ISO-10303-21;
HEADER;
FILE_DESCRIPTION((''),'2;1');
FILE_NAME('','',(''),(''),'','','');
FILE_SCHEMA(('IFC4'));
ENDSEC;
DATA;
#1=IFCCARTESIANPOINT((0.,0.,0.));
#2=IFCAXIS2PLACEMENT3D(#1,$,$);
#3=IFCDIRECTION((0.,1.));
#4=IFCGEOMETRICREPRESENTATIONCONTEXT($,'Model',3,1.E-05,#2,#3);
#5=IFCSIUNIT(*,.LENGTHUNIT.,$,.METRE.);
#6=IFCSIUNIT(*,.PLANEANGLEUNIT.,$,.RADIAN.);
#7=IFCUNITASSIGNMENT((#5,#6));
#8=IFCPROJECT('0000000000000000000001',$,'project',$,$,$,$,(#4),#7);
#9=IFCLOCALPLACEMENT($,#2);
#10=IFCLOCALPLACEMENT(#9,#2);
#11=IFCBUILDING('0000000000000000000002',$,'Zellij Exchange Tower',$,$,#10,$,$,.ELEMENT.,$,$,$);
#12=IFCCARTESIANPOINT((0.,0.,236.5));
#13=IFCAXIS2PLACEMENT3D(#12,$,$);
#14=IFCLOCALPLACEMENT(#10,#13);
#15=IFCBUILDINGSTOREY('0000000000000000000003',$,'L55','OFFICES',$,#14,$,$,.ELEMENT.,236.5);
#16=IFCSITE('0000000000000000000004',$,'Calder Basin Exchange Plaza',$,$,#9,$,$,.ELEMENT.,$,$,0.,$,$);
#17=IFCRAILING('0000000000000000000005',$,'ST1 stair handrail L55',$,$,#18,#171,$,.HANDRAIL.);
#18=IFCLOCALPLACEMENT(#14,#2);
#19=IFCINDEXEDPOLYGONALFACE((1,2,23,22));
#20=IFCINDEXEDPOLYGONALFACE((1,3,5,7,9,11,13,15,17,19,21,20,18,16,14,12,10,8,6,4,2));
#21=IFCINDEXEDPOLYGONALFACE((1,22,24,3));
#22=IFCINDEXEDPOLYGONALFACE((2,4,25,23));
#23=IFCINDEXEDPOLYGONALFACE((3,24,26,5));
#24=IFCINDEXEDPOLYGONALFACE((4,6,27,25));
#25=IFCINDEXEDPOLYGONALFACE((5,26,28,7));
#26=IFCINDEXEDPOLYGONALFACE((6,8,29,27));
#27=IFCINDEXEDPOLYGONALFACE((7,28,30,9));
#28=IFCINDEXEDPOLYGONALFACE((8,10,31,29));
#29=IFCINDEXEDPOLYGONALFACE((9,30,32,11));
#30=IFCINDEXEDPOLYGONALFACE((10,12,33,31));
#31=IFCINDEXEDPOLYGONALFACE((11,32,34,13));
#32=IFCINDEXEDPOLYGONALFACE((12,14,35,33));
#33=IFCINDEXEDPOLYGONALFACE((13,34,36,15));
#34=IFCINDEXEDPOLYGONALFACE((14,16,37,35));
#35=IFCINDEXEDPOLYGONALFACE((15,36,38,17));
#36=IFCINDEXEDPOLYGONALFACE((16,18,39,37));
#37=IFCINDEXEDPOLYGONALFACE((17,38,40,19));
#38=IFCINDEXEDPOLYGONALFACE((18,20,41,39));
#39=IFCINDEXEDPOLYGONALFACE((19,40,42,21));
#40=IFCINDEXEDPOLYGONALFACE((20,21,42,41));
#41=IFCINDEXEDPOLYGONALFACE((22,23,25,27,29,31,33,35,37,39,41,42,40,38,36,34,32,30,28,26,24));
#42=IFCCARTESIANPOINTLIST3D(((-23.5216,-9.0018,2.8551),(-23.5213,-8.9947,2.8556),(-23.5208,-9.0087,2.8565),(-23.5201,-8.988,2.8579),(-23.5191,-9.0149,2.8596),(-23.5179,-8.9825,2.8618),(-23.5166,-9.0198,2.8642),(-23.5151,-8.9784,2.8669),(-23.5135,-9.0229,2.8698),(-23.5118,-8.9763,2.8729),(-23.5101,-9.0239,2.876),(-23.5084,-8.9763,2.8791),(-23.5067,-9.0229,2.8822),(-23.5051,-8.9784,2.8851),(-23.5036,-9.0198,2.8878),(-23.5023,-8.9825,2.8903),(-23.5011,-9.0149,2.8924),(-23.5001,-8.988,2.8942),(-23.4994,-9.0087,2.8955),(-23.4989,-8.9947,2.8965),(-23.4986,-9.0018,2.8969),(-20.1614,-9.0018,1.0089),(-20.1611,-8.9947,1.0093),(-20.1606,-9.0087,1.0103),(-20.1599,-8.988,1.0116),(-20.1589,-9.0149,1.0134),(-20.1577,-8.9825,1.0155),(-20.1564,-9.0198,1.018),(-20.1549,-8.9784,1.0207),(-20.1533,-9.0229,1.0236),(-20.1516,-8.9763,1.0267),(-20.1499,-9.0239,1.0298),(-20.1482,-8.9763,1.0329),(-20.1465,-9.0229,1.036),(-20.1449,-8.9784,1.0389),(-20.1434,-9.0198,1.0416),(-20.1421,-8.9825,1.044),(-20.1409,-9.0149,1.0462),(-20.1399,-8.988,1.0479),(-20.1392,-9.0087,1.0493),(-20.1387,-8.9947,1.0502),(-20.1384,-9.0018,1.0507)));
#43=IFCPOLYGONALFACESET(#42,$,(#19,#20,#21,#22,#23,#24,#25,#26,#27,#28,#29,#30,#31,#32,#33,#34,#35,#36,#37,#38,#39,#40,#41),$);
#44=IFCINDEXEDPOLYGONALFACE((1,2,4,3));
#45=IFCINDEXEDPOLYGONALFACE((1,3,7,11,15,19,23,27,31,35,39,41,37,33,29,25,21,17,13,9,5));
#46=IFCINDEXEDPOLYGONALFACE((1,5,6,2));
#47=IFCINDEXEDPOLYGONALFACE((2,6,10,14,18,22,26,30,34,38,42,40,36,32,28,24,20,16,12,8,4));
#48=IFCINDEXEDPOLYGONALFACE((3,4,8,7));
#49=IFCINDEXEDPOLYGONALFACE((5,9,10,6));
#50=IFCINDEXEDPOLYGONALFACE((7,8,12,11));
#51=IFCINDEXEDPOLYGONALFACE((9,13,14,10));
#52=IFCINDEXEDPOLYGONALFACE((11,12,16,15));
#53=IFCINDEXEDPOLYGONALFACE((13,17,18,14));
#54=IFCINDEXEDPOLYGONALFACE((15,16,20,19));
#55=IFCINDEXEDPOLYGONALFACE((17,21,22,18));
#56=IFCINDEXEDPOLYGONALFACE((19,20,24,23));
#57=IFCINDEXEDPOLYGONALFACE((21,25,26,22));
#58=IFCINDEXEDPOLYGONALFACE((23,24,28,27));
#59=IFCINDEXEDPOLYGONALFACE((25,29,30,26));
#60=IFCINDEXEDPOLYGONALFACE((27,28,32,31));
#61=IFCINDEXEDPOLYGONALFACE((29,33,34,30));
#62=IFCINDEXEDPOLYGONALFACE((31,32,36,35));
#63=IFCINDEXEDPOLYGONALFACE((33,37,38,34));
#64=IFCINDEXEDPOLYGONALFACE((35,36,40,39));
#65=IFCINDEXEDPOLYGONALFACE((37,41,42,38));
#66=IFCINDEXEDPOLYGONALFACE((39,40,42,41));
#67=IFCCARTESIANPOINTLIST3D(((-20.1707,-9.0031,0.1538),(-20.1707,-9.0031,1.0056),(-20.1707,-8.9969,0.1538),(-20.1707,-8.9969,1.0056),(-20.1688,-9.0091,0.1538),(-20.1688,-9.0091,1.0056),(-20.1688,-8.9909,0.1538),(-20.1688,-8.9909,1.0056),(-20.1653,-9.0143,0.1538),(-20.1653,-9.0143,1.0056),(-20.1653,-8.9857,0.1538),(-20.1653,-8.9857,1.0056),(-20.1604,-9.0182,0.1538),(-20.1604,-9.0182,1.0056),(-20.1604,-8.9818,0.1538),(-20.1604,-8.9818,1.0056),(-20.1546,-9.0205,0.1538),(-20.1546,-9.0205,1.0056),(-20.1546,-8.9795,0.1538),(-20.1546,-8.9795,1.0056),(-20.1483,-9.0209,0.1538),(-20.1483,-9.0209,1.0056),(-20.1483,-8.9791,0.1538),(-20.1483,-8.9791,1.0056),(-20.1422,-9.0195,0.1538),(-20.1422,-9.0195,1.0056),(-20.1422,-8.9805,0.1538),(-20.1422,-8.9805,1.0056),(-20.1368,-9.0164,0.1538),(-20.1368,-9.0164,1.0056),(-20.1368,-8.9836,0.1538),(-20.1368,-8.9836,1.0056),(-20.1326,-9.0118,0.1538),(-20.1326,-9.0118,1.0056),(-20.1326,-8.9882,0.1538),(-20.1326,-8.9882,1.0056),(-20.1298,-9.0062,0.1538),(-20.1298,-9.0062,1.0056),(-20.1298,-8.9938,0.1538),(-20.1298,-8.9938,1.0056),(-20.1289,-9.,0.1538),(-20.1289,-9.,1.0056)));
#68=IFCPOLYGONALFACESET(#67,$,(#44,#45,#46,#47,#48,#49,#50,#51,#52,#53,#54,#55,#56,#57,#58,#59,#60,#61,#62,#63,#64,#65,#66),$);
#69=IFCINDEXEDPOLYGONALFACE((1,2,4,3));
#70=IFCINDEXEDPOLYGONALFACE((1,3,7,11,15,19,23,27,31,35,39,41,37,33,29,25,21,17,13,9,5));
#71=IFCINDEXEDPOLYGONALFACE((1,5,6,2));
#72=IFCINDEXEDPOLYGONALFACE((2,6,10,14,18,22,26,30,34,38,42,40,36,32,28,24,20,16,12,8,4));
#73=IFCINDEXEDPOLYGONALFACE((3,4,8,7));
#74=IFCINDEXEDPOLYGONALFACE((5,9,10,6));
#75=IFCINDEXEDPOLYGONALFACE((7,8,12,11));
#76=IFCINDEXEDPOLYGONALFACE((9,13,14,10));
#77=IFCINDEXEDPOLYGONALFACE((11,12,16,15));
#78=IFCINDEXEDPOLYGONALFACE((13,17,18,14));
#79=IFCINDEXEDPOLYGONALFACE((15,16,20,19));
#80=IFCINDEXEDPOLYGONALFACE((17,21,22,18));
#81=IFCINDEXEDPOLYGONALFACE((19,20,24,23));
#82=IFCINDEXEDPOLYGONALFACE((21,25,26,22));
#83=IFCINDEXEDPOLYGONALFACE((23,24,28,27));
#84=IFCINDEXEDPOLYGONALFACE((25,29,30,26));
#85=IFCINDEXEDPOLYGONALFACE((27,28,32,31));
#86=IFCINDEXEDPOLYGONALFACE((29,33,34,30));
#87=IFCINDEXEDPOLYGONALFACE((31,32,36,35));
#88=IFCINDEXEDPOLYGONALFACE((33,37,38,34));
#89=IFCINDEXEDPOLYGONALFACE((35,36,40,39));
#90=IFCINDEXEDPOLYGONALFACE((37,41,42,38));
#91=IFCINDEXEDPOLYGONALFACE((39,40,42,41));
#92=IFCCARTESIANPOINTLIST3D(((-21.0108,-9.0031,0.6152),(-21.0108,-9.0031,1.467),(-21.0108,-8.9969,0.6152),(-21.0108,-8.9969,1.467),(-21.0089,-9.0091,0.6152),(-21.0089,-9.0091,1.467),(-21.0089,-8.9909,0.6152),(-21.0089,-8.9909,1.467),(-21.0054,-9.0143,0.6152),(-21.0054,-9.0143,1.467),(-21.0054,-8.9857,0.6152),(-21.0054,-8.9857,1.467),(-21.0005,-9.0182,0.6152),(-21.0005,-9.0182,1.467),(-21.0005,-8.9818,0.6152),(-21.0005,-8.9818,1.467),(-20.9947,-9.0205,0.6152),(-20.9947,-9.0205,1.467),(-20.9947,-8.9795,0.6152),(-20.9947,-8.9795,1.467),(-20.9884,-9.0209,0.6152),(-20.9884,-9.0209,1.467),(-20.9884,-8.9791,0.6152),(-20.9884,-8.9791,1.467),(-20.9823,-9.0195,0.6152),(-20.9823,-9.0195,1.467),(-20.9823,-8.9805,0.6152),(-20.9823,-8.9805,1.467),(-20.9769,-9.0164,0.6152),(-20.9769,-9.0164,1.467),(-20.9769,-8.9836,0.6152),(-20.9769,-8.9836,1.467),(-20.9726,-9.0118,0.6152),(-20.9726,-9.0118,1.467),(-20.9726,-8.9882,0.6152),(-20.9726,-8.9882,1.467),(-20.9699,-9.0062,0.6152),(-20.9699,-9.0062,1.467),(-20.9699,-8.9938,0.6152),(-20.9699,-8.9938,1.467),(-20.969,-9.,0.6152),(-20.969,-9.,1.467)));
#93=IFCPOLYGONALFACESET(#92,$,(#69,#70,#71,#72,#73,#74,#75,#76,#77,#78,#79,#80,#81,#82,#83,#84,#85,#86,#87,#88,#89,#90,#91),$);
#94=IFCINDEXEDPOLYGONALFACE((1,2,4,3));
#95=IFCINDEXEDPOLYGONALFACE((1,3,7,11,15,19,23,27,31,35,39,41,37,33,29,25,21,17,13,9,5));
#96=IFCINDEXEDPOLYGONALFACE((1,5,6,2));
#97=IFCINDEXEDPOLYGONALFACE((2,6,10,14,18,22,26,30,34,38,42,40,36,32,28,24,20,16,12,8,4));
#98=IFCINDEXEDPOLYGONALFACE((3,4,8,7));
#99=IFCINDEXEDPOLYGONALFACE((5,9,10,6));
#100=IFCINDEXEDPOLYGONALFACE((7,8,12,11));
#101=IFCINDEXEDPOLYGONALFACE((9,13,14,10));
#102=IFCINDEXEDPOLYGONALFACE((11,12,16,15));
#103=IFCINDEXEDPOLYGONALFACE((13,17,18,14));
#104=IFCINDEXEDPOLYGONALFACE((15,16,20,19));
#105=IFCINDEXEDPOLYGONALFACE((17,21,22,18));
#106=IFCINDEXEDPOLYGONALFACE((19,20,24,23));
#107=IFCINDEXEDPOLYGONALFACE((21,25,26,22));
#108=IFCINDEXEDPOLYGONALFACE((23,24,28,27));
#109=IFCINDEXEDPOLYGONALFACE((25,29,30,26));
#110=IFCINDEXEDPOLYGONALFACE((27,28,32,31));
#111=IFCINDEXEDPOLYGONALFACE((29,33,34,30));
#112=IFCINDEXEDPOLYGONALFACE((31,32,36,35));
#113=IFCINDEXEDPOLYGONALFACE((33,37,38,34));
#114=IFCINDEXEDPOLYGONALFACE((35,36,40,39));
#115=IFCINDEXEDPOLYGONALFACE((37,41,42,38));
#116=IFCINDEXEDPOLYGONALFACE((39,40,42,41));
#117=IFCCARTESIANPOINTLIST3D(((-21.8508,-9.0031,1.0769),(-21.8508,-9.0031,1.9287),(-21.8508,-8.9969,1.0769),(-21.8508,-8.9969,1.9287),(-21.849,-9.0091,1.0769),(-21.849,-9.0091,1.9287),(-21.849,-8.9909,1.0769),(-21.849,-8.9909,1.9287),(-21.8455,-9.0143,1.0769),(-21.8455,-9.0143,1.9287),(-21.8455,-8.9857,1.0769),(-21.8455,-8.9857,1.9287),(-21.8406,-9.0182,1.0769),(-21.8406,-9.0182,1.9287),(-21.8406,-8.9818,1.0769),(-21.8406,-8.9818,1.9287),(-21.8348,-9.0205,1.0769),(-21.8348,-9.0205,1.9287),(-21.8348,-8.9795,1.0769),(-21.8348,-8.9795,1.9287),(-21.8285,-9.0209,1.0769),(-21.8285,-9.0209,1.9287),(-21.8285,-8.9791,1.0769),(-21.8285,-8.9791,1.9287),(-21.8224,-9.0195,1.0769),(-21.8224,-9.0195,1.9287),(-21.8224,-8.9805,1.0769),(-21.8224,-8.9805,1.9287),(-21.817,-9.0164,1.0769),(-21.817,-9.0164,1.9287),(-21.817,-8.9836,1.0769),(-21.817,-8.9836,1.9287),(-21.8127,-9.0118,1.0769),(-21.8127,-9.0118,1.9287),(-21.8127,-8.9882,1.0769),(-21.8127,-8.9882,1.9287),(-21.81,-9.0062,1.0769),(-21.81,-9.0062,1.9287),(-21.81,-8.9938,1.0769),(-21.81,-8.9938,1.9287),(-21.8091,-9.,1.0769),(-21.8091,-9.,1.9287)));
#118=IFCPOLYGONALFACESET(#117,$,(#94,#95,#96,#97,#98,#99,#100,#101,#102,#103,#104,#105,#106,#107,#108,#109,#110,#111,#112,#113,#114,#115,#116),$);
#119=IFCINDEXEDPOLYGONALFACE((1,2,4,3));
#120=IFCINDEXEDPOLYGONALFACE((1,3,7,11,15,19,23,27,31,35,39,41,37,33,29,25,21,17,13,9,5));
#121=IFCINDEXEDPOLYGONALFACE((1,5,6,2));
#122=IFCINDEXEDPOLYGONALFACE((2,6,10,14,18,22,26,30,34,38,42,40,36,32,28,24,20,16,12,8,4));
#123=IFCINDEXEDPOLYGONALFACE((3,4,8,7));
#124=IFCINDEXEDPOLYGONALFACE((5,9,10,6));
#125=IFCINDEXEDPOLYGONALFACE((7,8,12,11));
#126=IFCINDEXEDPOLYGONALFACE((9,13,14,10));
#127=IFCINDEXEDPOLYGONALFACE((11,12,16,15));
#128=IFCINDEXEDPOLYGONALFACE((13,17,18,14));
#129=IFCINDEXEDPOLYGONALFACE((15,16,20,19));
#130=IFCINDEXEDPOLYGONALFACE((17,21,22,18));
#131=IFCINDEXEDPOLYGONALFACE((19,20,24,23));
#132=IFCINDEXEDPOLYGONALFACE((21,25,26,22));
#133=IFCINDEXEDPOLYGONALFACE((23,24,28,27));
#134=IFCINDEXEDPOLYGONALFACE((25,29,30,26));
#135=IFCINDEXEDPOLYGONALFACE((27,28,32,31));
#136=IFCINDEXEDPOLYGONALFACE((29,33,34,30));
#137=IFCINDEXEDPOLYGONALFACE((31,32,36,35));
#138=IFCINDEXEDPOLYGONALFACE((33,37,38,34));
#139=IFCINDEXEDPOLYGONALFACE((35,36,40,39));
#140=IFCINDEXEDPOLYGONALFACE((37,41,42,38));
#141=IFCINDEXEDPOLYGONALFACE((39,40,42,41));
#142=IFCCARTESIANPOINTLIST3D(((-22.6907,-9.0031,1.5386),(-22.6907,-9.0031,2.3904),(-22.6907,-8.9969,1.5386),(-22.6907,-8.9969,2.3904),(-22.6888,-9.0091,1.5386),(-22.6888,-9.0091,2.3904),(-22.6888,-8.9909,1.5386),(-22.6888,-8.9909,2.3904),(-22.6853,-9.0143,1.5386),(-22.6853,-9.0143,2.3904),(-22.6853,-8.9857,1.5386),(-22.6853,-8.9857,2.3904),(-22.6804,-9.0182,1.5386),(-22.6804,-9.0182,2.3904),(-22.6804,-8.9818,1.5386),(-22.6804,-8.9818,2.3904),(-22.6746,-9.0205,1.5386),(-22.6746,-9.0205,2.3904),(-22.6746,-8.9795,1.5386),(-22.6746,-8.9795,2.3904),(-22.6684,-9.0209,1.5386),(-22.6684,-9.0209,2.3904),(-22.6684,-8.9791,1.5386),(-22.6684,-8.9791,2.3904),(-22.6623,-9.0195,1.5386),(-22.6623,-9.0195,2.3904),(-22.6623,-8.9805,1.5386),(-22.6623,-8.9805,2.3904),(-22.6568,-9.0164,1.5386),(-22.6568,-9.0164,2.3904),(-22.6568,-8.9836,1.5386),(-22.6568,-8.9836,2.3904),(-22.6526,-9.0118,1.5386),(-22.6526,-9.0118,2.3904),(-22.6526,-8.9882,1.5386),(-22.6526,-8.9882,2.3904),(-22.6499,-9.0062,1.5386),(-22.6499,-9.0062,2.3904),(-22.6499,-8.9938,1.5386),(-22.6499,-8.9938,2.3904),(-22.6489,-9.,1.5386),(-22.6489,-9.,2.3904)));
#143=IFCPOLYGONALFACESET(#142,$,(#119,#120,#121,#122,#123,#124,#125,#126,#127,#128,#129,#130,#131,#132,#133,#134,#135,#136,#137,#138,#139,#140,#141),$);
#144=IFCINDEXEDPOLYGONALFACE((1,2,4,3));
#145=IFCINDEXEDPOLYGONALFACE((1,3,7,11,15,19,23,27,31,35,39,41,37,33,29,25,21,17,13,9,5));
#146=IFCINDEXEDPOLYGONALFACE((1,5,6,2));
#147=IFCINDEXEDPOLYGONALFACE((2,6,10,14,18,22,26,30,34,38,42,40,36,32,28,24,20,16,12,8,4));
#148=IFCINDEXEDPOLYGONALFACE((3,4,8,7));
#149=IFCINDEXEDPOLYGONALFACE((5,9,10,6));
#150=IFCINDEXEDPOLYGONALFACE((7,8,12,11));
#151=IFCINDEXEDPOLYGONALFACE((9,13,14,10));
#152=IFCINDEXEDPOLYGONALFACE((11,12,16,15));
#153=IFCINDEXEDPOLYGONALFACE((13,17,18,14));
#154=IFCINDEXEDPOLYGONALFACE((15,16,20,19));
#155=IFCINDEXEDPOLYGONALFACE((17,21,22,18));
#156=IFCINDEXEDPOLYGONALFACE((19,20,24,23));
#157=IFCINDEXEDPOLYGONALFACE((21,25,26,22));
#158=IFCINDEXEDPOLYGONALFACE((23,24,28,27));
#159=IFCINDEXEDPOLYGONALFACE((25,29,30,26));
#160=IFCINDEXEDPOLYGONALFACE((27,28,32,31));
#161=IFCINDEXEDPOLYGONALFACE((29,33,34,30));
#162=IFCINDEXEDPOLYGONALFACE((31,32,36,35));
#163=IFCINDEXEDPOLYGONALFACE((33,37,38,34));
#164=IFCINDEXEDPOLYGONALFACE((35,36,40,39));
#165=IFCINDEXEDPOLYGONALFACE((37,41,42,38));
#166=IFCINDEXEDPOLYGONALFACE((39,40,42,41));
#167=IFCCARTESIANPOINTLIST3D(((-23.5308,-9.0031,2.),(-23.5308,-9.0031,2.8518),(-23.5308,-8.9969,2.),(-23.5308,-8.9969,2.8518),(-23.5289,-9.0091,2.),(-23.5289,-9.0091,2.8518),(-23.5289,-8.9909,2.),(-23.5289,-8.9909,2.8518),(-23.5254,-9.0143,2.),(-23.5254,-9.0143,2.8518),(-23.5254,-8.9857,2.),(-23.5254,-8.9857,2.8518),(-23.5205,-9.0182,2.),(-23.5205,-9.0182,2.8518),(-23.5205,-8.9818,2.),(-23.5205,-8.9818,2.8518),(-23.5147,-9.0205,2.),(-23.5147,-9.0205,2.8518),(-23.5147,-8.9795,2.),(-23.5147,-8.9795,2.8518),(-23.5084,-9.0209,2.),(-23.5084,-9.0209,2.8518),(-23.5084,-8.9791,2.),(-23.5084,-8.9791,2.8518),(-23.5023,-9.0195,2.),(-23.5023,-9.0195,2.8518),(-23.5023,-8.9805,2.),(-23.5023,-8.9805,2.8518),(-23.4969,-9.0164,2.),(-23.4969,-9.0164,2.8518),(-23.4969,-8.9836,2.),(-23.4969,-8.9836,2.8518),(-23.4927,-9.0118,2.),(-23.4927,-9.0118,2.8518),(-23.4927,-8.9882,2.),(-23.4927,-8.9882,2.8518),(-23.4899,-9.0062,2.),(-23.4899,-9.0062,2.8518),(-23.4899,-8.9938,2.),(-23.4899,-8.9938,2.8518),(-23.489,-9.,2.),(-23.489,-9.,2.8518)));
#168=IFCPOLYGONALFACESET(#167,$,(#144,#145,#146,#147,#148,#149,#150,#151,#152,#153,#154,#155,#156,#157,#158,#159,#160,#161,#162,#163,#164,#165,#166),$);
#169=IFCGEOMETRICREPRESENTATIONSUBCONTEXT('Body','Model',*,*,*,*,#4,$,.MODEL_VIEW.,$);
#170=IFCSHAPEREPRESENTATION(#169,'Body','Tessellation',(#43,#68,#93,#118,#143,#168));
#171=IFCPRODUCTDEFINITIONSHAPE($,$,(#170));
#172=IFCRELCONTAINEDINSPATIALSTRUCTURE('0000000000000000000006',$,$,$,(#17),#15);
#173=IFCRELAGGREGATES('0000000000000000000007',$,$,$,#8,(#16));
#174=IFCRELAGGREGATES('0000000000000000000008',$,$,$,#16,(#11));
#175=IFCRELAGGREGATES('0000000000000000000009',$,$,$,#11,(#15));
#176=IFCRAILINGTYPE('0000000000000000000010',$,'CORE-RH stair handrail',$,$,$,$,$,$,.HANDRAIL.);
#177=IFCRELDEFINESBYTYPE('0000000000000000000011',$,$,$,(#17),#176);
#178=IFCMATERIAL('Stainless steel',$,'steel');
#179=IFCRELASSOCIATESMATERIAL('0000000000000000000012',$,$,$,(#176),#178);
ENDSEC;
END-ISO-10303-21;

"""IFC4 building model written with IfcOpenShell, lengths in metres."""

from ifc_helpers import new_model, si_unit, direction, frame, origin, origin_2d, place, context, subcontext, project, spatial, circle, extrude, material, type_object, element, save


model = new_model("IFC4")

# Units and contexts
model_context = context("Model", 3, precision=1e-05, world=origin(), true_north=direction((0.0, 1.0)))
body_context = subcontext(model_context, "Body", "Model", "MODEL_VIEW")
ifc_project = project(units=[si_unit("LENGTHUNIT", "METRE"), si_unit("PLANEANGLEUNIT", "RADIAN")], contexts=[model_context])

# Site, building, storey
site_placement = place(None, origin())
site = spatial("IfcSite", under=ifc_project, at=site_placement, Name="Calder Basin Exchange Plaza", CompositionType="ELEMENT", RefElevation=0.0)
building_placement = place(site_placement, origin())
building = spatial("IfcBuilding", under=site, at=building_placement, Name="Zellij Exchange Tower", CompositionType="ELEMENT")
storey_placement = place(building_placement, frame((0.0, 0.0, 236.5)))
storey = spatial("IfcBuildingStorey", under=building, at=storey_placement, Name="L55", Description="OFFICES", CompositionType="ELEMENT", Elevation=236.5)

# Railing
ifc_material_1 = material(Name="Stainless steel", Category="steel")
railing_type_1 = type_object("IfcRailingType", Name="CORE-RH stair handrail", PredefinedType="HANDRAIL", material=ifc_material_1)
railing_1_placement = place(storey_placement, frame((-20.1499, -9.0, 0.1538)))
element("IfcRailing", 1, at=railing_1_placement, inside=storey, type_object=railing_type_1, Name="ST1 stair handrail L55", PredefinedType="HANDRAIL", context=body_context, shape_type="SweptSolid", body=[
    extrude(circle(Radius=0.0239, at=origin_2d()), frame((0.0, 0.0, 0.876), z_axis=(-0.876422, 0.0, 0.481545), x_axis=(0.0, -1.0, 0.0)), (0.0, 0.0, 1.0), 3.834),
    extrude(circle(Radius=0.021, at=origin_2d()), origin(), (0.0, 0.0, 1.0), 0.8518),
    extrude(circle(Radius=0.021, at=origin_2d()), frame((-0.8401, 0.0, 0.4614)), (0.0, 0.0, 1.0), 0.8518),
    extrude(circle(Radius=0.021, at=origin_2d()), frame((-1.6802, 0.0, 0.9231)), (0.0, 0.0, 1.0), 0.8518),
    extrude(circle(Radius=0.021, at=origin_2d()), frame((-2.52, 0.0, 1.3848)), (0.0, 0.0, 1.0), 0.8518),
    extrude(circle(Radius=0.021, at=origin_2d()), frame((-3.3601, 0.0, 1.8462)), (0.0, 0.0, 1.0), 0.8518),
])

save(model, "model.ifc")
